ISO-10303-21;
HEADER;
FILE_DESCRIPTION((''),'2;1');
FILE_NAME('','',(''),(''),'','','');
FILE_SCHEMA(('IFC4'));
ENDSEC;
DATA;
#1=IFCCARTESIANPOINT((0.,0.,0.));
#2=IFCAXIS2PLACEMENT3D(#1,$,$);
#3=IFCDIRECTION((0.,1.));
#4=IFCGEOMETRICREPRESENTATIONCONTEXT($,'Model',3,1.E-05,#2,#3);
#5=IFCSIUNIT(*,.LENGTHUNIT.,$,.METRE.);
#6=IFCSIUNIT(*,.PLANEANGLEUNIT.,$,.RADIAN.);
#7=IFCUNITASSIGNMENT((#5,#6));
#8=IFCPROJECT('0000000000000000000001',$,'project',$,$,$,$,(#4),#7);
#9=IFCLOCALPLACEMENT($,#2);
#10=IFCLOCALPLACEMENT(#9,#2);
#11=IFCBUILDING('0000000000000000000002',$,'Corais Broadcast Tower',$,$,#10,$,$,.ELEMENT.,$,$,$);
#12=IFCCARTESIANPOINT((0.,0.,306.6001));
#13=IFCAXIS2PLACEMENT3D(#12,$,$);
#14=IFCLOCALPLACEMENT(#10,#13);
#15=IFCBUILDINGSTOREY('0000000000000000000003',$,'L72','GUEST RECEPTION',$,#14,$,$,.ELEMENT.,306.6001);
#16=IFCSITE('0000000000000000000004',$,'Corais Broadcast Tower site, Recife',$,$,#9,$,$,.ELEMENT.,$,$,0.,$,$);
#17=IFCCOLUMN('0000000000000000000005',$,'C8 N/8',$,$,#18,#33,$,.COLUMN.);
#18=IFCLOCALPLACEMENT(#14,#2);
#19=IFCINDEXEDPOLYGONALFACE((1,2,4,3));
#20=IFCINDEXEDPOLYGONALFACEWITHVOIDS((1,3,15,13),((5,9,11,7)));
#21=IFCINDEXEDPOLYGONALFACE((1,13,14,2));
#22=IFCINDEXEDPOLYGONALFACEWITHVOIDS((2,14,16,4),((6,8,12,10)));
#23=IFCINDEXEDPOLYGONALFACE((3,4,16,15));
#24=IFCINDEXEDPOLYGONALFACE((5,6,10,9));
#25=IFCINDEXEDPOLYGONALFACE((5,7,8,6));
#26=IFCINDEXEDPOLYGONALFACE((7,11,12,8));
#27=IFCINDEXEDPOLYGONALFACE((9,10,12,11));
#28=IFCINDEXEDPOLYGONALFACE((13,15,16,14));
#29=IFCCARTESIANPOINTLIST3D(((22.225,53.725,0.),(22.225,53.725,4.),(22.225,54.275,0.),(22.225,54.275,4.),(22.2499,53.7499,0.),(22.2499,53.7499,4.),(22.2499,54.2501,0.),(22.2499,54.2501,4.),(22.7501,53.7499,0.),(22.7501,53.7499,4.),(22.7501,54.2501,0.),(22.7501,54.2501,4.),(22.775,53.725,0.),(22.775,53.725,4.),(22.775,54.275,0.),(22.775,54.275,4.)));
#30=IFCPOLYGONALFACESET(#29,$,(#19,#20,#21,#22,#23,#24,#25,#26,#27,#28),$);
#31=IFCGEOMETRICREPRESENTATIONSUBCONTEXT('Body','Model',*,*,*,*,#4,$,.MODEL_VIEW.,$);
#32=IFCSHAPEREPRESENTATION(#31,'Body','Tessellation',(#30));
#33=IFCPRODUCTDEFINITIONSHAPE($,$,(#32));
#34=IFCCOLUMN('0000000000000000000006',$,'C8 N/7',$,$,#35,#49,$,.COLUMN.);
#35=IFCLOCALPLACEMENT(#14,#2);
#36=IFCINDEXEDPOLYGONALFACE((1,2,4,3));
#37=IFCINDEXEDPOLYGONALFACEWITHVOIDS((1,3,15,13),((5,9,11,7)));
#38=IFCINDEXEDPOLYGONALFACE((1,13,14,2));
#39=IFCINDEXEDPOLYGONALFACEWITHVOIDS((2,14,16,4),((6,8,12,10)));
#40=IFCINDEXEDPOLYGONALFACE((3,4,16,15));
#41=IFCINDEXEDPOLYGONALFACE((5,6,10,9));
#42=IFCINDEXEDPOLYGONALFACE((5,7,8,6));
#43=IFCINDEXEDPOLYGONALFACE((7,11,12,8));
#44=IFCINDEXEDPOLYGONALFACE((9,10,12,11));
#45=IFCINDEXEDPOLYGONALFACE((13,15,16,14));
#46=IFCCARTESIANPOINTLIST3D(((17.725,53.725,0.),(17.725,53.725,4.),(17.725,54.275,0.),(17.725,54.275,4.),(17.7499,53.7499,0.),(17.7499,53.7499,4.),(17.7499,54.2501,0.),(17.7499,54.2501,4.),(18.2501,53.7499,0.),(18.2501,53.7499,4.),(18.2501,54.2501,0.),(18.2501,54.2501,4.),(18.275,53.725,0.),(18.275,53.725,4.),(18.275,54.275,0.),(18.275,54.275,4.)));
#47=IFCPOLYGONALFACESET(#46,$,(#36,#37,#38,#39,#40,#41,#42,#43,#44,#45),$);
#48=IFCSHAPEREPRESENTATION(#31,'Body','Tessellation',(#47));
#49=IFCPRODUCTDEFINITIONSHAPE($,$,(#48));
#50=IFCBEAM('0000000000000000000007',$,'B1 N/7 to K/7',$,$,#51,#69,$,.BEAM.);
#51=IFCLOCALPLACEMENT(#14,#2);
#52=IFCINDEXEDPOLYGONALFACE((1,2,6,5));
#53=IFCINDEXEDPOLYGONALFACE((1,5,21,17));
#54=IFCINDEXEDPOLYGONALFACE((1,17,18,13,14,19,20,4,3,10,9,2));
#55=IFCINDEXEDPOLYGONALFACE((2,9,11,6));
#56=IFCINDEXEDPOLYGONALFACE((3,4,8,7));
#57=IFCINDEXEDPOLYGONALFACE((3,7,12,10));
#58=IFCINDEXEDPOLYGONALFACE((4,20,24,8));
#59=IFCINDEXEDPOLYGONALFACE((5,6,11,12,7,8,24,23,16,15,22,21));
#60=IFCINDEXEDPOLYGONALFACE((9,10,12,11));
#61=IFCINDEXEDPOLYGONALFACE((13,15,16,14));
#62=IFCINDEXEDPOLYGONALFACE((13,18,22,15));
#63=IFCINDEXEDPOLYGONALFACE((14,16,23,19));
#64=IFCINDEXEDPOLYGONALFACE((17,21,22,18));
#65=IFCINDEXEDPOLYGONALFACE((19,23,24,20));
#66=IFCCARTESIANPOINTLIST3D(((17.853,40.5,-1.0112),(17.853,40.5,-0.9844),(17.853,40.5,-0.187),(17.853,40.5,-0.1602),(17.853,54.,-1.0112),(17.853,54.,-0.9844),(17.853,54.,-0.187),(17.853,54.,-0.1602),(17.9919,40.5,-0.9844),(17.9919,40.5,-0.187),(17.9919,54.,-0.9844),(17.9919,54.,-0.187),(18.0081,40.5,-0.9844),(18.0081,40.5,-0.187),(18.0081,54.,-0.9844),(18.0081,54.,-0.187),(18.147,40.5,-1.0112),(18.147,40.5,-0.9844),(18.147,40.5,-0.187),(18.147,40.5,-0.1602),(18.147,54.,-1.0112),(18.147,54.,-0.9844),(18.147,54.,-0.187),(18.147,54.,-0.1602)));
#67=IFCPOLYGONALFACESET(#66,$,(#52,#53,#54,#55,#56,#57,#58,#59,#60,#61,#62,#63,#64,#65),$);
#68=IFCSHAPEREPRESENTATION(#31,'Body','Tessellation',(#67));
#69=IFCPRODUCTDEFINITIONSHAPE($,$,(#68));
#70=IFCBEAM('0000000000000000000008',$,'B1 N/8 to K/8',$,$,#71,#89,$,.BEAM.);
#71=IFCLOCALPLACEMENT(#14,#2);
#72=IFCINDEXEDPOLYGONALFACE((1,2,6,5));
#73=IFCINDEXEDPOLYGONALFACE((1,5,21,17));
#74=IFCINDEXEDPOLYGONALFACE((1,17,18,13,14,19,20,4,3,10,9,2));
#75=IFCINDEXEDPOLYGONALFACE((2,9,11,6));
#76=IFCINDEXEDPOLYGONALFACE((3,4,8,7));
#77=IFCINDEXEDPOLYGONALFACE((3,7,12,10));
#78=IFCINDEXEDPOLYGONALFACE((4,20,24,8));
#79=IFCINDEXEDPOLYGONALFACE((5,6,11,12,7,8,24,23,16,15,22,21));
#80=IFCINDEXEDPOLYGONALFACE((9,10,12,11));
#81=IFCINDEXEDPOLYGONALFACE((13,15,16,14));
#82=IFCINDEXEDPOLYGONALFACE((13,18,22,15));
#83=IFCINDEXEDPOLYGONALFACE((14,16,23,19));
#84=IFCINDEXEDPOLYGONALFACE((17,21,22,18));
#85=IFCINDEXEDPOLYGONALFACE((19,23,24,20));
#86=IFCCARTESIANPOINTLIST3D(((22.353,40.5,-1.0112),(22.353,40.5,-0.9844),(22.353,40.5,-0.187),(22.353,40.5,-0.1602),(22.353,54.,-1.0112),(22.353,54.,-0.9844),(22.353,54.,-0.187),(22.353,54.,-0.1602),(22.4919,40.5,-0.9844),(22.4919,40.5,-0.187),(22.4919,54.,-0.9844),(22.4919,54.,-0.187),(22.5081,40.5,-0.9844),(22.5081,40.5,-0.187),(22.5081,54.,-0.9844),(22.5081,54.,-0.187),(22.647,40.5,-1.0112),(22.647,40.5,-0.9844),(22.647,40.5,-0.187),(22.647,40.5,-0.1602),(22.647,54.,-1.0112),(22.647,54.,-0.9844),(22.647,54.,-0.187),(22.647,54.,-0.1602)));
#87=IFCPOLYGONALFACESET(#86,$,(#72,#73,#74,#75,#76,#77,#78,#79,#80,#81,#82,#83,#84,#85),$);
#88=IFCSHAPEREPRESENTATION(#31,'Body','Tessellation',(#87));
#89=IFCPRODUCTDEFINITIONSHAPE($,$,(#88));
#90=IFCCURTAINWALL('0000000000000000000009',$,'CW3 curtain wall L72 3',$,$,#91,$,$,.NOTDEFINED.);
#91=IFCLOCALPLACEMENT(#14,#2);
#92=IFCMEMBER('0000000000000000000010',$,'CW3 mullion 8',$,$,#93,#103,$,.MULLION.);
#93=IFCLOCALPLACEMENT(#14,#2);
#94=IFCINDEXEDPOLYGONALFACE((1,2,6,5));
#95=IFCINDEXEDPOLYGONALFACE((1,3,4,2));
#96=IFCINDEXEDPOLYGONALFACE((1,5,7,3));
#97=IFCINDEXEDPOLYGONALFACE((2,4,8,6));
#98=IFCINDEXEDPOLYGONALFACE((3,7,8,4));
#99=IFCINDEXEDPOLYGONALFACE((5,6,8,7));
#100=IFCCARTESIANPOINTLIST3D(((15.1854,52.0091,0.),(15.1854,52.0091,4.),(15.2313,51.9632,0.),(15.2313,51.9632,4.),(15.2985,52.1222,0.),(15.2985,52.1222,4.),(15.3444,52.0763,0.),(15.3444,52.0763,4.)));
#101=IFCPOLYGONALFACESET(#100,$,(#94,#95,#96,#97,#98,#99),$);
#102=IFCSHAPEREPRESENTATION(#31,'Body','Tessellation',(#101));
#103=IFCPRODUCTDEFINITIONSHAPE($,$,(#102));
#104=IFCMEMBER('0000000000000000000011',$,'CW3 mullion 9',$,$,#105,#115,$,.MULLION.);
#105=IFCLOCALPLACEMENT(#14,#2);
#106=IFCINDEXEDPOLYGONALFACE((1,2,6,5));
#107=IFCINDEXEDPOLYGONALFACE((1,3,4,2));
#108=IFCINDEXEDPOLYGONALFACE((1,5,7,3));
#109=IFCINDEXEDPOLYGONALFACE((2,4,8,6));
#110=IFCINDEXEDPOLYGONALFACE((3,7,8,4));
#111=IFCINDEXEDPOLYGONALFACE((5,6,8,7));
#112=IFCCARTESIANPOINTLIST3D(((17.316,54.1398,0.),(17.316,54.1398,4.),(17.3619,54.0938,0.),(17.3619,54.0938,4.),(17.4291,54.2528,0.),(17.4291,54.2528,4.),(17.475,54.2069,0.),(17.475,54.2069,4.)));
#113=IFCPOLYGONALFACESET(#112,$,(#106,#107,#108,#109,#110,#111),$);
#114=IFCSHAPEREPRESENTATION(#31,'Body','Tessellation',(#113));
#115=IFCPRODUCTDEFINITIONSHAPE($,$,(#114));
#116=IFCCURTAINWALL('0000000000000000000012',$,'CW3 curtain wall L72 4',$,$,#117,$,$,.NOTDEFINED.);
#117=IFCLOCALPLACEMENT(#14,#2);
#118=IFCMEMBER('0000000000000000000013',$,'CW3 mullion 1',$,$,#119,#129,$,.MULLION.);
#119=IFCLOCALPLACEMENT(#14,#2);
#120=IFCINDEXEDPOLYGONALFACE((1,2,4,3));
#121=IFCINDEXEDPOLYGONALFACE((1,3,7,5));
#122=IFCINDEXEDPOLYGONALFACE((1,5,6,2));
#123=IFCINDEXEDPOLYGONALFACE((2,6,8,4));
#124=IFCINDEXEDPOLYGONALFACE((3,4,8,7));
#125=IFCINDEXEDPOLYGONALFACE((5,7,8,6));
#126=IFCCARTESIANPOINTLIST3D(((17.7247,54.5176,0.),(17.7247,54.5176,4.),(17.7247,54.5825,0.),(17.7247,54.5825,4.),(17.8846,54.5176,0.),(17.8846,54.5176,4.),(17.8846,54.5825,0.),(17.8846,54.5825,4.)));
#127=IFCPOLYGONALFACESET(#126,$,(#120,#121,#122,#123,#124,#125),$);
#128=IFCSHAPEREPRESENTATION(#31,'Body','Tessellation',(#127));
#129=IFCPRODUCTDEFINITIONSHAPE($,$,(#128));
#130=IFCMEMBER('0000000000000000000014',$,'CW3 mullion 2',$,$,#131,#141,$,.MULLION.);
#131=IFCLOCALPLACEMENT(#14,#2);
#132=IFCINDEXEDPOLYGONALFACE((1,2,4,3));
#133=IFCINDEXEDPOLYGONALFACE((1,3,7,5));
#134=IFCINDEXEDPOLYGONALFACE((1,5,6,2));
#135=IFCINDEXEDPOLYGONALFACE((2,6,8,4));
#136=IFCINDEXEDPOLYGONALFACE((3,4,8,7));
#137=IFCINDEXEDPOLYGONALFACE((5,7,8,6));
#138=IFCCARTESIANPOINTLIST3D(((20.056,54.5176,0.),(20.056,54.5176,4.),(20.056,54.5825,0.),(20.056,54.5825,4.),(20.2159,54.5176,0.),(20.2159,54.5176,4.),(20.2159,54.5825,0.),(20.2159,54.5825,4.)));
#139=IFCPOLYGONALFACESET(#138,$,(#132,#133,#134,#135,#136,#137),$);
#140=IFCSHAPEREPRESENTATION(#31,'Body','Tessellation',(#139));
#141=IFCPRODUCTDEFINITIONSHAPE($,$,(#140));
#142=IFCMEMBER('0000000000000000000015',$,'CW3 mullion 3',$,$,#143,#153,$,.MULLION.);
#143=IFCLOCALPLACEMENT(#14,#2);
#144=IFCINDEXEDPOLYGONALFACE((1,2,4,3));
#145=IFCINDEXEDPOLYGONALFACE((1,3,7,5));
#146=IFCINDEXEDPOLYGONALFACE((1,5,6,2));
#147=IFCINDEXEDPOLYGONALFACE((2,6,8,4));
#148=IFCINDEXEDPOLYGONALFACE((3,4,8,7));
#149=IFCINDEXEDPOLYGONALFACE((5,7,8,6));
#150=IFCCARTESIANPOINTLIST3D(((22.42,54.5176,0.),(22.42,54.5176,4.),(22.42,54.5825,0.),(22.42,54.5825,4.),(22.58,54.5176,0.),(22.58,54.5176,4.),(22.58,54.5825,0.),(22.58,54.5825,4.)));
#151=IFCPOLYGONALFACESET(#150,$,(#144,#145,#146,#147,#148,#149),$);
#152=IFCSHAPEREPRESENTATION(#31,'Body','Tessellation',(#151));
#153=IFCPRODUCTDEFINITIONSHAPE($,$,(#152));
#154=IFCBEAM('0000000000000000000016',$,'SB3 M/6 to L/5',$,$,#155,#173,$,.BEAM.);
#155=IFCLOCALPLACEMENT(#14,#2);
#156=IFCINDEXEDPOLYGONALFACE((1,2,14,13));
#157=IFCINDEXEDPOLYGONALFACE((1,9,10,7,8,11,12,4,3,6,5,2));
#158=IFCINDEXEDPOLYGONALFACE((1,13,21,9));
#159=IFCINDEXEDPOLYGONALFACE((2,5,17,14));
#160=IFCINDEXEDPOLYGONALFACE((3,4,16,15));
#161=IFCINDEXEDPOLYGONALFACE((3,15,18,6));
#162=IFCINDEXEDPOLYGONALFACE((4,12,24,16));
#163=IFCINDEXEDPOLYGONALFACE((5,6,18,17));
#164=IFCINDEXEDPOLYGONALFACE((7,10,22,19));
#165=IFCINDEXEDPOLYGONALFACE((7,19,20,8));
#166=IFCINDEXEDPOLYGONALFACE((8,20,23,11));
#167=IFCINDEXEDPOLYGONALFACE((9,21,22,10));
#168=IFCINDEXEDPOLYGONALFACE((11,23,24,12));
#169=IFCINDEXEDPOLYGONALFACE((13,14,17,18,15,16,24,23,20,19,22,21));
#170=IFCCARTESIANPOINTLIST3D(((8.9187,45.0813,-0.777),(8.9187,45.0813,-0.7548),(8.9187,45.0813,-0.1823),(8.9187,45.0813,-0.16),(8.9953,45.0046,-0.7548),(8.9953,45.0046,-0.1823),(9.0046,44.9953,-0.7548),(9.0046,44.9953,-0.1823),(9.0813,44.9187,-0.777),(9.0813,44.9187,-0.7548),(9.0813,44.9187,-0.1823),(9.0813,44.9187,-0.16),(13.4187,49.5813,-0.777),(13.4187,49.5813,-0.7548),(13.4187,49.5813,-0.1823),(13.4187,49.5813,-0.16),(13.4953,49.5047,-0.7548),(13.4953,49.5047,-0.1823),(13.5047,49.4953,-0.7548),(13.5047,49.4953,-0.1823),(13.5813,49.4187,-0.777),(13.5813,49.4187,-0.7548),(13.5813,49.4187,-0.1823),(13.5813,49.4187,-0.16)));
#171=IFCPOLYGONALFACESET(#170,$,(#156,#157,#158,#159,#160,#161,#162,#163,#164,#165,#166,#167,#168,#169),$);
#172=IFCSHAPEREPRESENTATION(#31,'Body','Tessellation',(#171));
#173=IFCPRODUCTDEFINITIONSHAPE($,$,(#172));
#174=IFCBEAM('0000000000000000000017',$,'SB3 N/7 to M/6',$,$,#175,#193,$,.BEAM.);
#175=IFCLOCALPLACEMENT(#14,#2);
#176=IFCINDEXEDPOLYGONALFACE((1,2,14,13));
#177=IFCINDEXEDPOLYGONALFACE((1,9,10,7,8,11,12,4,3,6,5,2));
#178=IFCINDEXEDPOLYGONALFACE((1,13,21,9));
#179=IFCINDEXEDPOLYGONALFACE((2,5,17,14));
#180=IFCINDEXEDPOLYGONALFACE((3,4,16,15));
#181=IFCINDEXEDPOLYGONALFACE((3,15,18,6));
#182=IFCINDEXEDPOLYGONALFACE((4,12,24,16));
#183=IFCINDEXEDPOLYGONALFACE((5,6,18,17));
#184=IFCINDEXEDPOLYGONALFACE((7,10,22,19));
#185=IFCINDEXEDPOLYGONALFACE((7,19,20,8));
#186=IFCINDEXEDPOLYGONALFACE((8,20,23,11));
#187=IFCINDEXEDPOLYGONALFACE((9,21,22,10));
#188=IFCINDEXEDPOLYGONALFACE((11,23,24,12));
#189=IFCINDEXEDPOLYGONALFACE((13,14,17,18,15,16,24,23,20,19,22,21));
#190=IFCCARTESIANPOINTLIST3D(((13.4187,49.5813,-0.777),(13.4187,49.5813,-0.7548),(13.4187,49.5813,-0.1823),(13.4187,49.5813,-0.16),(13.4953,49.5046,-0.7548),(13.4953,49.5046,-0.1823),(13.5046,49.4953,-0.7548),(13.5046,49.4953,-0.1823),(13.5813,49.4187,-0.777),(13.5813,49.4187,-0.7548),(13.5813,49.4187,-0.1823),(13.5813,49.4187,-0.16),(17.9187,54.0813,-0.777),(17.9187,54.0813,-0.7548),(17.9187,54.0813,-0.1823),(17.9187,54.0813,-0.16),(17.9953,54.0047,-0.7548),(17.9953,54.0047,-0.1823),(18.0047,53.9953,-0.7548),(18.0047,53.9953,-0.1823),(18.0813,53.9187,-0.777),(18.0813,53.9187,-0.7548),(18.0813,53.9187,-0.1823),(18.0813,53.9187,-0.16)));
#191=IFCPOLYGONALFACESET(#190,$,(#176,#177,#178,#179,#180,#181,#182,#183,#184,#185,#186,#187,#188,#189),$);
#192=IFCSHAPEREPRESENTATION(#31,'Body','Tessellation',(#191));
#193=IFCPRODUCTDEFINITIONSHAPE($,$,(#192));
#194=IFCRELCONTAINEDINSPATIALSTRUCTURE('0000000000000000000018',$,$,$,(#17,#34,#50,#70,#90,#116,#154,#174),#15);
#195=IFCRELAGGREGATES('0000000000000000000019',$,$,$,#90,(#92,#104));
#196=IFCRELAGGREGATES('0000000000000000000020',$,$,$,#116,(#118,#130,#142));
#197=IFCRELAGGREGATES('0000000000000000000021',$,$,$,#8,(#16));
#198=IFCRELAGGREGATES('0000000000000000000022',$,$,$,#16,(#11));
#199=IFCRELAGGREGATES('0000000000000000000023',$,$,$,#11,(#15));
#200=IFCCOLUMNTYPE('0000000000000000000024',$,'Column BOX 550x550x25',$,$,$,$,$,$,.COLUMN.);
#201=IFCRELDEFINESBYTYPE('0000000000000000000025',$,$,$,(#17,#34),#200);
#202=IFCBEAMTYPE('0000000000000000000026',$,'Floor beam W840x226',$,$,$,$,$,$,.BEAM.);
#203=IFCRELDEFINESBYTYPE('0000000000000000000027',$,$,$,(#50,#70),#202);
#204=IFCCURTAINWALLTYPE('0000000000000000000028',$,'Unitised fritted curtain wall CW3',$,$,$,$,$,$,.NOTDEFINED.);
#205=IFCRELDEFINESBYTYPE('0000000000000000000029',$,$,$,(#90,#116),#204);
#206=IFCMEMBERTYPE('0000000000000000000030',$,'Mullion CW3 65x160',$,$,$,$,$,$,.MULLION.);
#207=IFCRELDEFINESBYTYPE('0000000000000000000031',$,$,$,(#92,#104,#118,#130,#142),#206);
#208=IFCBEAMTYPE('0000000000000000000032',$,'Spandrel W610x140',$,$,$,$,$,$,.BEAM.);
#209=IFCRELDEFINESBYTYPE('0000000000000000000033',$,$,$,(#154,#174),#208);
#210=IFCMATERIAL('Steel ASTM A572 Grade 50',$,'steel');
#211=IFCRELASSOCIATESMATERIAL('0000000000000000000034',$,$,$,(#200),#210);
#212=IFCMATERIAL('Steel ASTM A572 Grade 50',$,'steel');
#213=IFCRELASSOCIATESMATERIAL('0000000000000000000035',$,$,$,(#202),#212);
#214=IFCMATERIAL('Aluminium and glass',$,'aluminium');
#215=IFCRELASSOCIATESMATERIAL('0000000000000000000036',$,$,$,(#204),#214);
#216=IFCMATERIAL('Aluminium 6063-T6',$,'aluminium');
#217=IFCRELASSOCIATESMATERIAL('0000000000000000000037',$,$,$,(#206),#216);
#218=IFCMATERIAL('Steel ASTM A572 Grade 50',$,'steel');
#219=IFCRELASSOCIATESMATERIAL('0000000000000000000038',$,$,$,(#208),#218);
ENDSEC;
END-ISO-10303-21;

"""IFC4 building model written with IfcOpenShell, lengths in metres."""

from ifc_helpers import new_model, si_unit, direction, frame, origin, origin_2d, place, context, subcontext, project, spatial, rectangle, hollow_rectangle, i_section, extrude, material, material_profile, profile_set, type_object, element, aggregate, save


model = new_model("IFC4")

# Units and contexts
model_context = context("Model", 3, precision=1e-05, world=origin(), true_north=direction((0.0, 1.0)))
body_context = subcontext(model_context, "Body", "Model", "MODEL_VIEW")
ifc_project = project(units=[si_unit("LENGTHUNIT", "METRE"), si_unit("PLANEANGLEUNIT", "RADIAN")], contexts=[model_context])

# Site, building, storey
site_placement = place(None, origin())
site = spatial("IfcSite", under=ifc_project, at=site_placement, Name="Corais Broadcast Tower site, Recife", CompositionType="ELEMENT", RefElevation=0.0)
building_placement = place(site_placement, origin())
building = spatial("IfcBuilding", under=site, at=building_placement, Name="Corais Broadcast Tower", CompositionType="ELEMENT")
storey_placement = place(building_placement, frame((0.0, 0.0, 306.6001)))
storey = spatial("IfcBuildingStorey", under=building, at=storey_placement, Name="L72", Description="GUEST RECEPTION", CompositionType="ELEMENT", Elevation=306.6001)

# Columns
ifc_material_1 = material(Name="Steel ASTM A572 Grade 50", Category="steel")
ifc_material_profile_1 = material_profile(ifc_material_1, hollow_rectangle(XDim=0.55, YDim=0.55, WallThickness=0.0249, at=origin_2d()), Name="BOX 550x550x25")
ifc_profile_set_1 = profile_set([ifc_material_profile_1], Name="Steel ASTM A572 Grade 50")
column_type = type_object("IfcColumnType", Name="Column BOX 550x550x25", PredefinedType="COLUMN", material=ifc_profile_set_1)
for number, where, z_axis, x_axis, name in (
    (1, (22.5, 54.0, 0.0), (0.0, 0.0, 1.0), (1.0, 0.0, 0.0), "C8 N/8"),
    (2, (18.0, 54.0, 0.0), (0.0, 0.0, 1.0), (1.0, 0.0, 0.0), "C8 N/7"),
):
    element("IfcColumn", number, at=place(storey_placement, frame(where, z_axis=z_axis, x_axis=x_axis)), inside=storey, type_object=column_type, Name=name, PredefinedType="COLUMN", context=body_context, shape_type="SweptSolid", body=[
        extrude(hollow_rectangle(XDim=0.55, YDim=0.55, WallThickness=0.0249, at=origin_2d()), origin(), (0.0, 0.0, 1.0), 4.0),
    ])

# Beams
ifc_material_2 = material(Name="Steel ASTM A572 Grade 50", Category="steel")
ifc_material_profile_2 = material_profile(ifc_material_2, i_section(OverallWidth=0.2939, OverallDepth=0.8511, WebThickness=0.0161, FlangeThickness=0.0269, at=origin_2d()), Name="W840x226")
ifc_profile_set_2 = profile_set([ifc_material_profile_2], Name="Steel ASTM A572 Grade 50")
beam_type_1 = type_object("IfcBeamType", Name="Floor beam W840x226", PredefinedType="BEAM", material=ifc_profile_set_2)
for number, where, z_axis, x_axis, name in (
    (3, (18.0, 54.0, -0.5857), (0.0, -1.0, 0.0), (1.0, 0.0, 0.0), "B1 N/7 to K/7"),
    (4, (22.5, 54.0, -0.5857), (0.0, -1.0, 0.0), (1.0, 0.0, 0.0), "B1 N/8 to K/8"),
):
    element("IfcBeam", number, at=place(storey_placement, frame(where, z_axis=z_axis, x_axis=x_axis)), inside=storey, type_object=beam_type_1, Name=name, PredefinedType="BEAM", context=body_context, shape_type="SweptSolid", body=[
        extrude(i_section(OverallWidth=0.2939, OverallDepth=0.8511, WebThickness=0.0161, FlangeThickness=0.0269, at=origin_2d()), origin(), (0.0, 0.0, 1.0), 13.5),
    ])

# Curtain walls, members
ifc_material_3 = material(Name="Aluminium and glass", Category="aluminium")
curtain_wall_type = type_object("IfcCurtainWallType", Name="Unitised fritted curtain wall CW3", PredefinedType="NOTDEFINED", material=ifc_material_3)
curtain_wall_1_placement = place(storey_placement, origin())
curtain_wall_1 = element("IfcCurtainWall", 5, at=curtain_wall_1_placement, inside=storey, type_object=curtain_wall_type, Name="CW3 curtain wall L72 3", PredefinedType="NOTDEFINED")
ifc_material_4 = material(Name="Aluminium 6063-T6", Category="aluminium")
ifc_material_profile_3 = material_profile(ifc_material_4, rectangle(XDim=0.0649, YDim=0.1599, at=origin_2d()), Name="Mullion CW3 65x160")
ifc_profile_set_3 = profile_set([ifc_material_profile_3], Name="Aluminium 6063-T6")
member_type_1 = type_object("IfcMemberType", Name="Mullion CW3 65x160", PredefinedType="MULLION", material=ifc_profile_set_3)
member_1_placement = place(storey_placement, frame((15.2649, 52.0427, 0.0), z_axis=(0.0, 0.0, 1.0), x_axis=(-0.707107, 0.707107, 0.0)))
member_1 = element("IfcMember", 6, at=member_1_placement, type_object=member_type_1, Name="CW3 mullion 8", PredefinedType="MULLION", context=body_context, shape_type="SweptSolid", body=[
    extrude(rectangle(XDim=0.0649, YDim=0.1599, at=origin_2d()), origin(), (0.0, 0.0, 1.0), 4.0),
])
member_2_placement = place(storey_placement, frame((17.3955, 54.1733, 0.0), z_axis=(0.0, 0.0, 1.0), x_axis=(-0.707107, 0.707107, 0.0)))
member_2 = element("IfcMember", 7, at=member_2_placement, type_object=member_type_1, Name="CW3 mullion 9", PredefinedType="MULLION", context=body_context, shape_type="SweptSolid", body=[
    extrude(rectangle(XDim=0.0649, YDim=0.1599, at=origin_2d()), origin(), (0.0, 0.0, 1.0), 4.0),
])
curtain_wall_2_placement = place(storey_placement, origin())
curtain_wall_2 = element("IfcCurtainWall", 8, at=curtain_wall_2_placement, inside=storey, type_object=curtain_wall_type, Name="CW3 curtain wall L72 4", PredefinedType="NOTDEFINED")
member_3_placement = place(storey_placement, frame((17.8047, 54.55, 0.0), z_axis=(0.0, 0.0, 1.0), x_axis=(0.0, 1.0, 0.0)))
member_3 = element("IfcMember", 9, at=member_3_placement, type_object=member_type_1, Name="CW3 mullion 1", PredefinedType="MULLION", context=body_context, shape_type="SweptSolid", body=[
    extrude(rectangle(XDim=0.0649, YDim=0.1599, at=origin_2d()), origin(), (0.0, 0.0, 1.0), 4.0),
])
member_4_placement = place(storey_placement, frame((20.136, 54.55, 0.0), z_axis=(0.0, 0.0, 1.0), x_axis=(0.0, 1.0, 0.0)))
member_4 = element("IfcMember", 10, at=member_4_placement, type_object=member_type_1, Name="CW3 mullion 2", PredefinedType="MULLION", context=body_context, shape_type="SweptSolid", body=[
    extrude(rectangle(XDim=0.0649, YDim=0.1599, at=origin_2d()), origin(), (0.0, 0.0, 1.0), 4.0),
])
member_5_placement = place(storey_placement, frame((22.5, 54.55, 0.0), z_axis=(0.0, 0.0, 1.0), x_axis=(0.0, 1.0, 0.0)))
member_5 = element("IfcMember", 11, at=member_5_placement, type_object=member_type_1, Name="CW3 mullion 3", PredefinedType="MULLION", context=body_context, shape_type="SweptSolid", body=[
    extrude(rectangle(XDim=0.0649, YDim=0.1599, at=origin_2d()), origin(), (0.0, 0.0, 1.0), 4.0),
])

# Beams
ifc_material_5 = material(Name="Steel ASTM A572 Grade 50", Category="steel")
ifc_material_profile_4 = material_profile(ifc_material_5, i_section(OverallWidth=0.23, OverallDepth=0.6169, WebThickness=0.0132, FlangeThickness=0.0222, at=origin_2d()), Name="W610x140")
ifc_profile_set_4 = profile_set([ifc_material_profile_4], Name="Steel ASTM A572 Grade 50")
beam_type_2 = type_object("IfcBeamType", Name="Spandrel W610x140", PredefinedType="BEAM", material=ifc_profile_set_4)
for number, where, z_axis, x_axis, name in (
    (12, (13.5, 49.5, -0.4685), (-0.707107, -0.707107, 0.0), (0.707107, -0.707107, 0.0), "SB3 M/6 to L/5"),
    (13, (18.0, 54.0, -0.4685), (-0.707107, -0.707107, 0.0), (0.707107, -0.707107, 0.0), "SB3 N/7 to M/6"),
):
    element("IfcBeam", number, at=place(storey_placement, frame(where, z_axis=z_axis, x_axis=x_axis)), inside=storey, type_object=beam_type_2, Name=name, PredefinedType="BEAM", context=body_context, shape_type="SweptSolid", body=[
        extrude(i_section(OverallWidth=0.23, OverallDepth=0.6169, WebThickness=0.0132, FlangeThickness=0.0222, at=origin_2d()), origin(), (0.0, 0.0, 1.0), 6.364),
    ])

aggregate(curtain_wall_1, [member_1, member_2])
aggregate(curtain_wall_2, [member_3, member_4, member_5])

save(model, "model.ifc")
